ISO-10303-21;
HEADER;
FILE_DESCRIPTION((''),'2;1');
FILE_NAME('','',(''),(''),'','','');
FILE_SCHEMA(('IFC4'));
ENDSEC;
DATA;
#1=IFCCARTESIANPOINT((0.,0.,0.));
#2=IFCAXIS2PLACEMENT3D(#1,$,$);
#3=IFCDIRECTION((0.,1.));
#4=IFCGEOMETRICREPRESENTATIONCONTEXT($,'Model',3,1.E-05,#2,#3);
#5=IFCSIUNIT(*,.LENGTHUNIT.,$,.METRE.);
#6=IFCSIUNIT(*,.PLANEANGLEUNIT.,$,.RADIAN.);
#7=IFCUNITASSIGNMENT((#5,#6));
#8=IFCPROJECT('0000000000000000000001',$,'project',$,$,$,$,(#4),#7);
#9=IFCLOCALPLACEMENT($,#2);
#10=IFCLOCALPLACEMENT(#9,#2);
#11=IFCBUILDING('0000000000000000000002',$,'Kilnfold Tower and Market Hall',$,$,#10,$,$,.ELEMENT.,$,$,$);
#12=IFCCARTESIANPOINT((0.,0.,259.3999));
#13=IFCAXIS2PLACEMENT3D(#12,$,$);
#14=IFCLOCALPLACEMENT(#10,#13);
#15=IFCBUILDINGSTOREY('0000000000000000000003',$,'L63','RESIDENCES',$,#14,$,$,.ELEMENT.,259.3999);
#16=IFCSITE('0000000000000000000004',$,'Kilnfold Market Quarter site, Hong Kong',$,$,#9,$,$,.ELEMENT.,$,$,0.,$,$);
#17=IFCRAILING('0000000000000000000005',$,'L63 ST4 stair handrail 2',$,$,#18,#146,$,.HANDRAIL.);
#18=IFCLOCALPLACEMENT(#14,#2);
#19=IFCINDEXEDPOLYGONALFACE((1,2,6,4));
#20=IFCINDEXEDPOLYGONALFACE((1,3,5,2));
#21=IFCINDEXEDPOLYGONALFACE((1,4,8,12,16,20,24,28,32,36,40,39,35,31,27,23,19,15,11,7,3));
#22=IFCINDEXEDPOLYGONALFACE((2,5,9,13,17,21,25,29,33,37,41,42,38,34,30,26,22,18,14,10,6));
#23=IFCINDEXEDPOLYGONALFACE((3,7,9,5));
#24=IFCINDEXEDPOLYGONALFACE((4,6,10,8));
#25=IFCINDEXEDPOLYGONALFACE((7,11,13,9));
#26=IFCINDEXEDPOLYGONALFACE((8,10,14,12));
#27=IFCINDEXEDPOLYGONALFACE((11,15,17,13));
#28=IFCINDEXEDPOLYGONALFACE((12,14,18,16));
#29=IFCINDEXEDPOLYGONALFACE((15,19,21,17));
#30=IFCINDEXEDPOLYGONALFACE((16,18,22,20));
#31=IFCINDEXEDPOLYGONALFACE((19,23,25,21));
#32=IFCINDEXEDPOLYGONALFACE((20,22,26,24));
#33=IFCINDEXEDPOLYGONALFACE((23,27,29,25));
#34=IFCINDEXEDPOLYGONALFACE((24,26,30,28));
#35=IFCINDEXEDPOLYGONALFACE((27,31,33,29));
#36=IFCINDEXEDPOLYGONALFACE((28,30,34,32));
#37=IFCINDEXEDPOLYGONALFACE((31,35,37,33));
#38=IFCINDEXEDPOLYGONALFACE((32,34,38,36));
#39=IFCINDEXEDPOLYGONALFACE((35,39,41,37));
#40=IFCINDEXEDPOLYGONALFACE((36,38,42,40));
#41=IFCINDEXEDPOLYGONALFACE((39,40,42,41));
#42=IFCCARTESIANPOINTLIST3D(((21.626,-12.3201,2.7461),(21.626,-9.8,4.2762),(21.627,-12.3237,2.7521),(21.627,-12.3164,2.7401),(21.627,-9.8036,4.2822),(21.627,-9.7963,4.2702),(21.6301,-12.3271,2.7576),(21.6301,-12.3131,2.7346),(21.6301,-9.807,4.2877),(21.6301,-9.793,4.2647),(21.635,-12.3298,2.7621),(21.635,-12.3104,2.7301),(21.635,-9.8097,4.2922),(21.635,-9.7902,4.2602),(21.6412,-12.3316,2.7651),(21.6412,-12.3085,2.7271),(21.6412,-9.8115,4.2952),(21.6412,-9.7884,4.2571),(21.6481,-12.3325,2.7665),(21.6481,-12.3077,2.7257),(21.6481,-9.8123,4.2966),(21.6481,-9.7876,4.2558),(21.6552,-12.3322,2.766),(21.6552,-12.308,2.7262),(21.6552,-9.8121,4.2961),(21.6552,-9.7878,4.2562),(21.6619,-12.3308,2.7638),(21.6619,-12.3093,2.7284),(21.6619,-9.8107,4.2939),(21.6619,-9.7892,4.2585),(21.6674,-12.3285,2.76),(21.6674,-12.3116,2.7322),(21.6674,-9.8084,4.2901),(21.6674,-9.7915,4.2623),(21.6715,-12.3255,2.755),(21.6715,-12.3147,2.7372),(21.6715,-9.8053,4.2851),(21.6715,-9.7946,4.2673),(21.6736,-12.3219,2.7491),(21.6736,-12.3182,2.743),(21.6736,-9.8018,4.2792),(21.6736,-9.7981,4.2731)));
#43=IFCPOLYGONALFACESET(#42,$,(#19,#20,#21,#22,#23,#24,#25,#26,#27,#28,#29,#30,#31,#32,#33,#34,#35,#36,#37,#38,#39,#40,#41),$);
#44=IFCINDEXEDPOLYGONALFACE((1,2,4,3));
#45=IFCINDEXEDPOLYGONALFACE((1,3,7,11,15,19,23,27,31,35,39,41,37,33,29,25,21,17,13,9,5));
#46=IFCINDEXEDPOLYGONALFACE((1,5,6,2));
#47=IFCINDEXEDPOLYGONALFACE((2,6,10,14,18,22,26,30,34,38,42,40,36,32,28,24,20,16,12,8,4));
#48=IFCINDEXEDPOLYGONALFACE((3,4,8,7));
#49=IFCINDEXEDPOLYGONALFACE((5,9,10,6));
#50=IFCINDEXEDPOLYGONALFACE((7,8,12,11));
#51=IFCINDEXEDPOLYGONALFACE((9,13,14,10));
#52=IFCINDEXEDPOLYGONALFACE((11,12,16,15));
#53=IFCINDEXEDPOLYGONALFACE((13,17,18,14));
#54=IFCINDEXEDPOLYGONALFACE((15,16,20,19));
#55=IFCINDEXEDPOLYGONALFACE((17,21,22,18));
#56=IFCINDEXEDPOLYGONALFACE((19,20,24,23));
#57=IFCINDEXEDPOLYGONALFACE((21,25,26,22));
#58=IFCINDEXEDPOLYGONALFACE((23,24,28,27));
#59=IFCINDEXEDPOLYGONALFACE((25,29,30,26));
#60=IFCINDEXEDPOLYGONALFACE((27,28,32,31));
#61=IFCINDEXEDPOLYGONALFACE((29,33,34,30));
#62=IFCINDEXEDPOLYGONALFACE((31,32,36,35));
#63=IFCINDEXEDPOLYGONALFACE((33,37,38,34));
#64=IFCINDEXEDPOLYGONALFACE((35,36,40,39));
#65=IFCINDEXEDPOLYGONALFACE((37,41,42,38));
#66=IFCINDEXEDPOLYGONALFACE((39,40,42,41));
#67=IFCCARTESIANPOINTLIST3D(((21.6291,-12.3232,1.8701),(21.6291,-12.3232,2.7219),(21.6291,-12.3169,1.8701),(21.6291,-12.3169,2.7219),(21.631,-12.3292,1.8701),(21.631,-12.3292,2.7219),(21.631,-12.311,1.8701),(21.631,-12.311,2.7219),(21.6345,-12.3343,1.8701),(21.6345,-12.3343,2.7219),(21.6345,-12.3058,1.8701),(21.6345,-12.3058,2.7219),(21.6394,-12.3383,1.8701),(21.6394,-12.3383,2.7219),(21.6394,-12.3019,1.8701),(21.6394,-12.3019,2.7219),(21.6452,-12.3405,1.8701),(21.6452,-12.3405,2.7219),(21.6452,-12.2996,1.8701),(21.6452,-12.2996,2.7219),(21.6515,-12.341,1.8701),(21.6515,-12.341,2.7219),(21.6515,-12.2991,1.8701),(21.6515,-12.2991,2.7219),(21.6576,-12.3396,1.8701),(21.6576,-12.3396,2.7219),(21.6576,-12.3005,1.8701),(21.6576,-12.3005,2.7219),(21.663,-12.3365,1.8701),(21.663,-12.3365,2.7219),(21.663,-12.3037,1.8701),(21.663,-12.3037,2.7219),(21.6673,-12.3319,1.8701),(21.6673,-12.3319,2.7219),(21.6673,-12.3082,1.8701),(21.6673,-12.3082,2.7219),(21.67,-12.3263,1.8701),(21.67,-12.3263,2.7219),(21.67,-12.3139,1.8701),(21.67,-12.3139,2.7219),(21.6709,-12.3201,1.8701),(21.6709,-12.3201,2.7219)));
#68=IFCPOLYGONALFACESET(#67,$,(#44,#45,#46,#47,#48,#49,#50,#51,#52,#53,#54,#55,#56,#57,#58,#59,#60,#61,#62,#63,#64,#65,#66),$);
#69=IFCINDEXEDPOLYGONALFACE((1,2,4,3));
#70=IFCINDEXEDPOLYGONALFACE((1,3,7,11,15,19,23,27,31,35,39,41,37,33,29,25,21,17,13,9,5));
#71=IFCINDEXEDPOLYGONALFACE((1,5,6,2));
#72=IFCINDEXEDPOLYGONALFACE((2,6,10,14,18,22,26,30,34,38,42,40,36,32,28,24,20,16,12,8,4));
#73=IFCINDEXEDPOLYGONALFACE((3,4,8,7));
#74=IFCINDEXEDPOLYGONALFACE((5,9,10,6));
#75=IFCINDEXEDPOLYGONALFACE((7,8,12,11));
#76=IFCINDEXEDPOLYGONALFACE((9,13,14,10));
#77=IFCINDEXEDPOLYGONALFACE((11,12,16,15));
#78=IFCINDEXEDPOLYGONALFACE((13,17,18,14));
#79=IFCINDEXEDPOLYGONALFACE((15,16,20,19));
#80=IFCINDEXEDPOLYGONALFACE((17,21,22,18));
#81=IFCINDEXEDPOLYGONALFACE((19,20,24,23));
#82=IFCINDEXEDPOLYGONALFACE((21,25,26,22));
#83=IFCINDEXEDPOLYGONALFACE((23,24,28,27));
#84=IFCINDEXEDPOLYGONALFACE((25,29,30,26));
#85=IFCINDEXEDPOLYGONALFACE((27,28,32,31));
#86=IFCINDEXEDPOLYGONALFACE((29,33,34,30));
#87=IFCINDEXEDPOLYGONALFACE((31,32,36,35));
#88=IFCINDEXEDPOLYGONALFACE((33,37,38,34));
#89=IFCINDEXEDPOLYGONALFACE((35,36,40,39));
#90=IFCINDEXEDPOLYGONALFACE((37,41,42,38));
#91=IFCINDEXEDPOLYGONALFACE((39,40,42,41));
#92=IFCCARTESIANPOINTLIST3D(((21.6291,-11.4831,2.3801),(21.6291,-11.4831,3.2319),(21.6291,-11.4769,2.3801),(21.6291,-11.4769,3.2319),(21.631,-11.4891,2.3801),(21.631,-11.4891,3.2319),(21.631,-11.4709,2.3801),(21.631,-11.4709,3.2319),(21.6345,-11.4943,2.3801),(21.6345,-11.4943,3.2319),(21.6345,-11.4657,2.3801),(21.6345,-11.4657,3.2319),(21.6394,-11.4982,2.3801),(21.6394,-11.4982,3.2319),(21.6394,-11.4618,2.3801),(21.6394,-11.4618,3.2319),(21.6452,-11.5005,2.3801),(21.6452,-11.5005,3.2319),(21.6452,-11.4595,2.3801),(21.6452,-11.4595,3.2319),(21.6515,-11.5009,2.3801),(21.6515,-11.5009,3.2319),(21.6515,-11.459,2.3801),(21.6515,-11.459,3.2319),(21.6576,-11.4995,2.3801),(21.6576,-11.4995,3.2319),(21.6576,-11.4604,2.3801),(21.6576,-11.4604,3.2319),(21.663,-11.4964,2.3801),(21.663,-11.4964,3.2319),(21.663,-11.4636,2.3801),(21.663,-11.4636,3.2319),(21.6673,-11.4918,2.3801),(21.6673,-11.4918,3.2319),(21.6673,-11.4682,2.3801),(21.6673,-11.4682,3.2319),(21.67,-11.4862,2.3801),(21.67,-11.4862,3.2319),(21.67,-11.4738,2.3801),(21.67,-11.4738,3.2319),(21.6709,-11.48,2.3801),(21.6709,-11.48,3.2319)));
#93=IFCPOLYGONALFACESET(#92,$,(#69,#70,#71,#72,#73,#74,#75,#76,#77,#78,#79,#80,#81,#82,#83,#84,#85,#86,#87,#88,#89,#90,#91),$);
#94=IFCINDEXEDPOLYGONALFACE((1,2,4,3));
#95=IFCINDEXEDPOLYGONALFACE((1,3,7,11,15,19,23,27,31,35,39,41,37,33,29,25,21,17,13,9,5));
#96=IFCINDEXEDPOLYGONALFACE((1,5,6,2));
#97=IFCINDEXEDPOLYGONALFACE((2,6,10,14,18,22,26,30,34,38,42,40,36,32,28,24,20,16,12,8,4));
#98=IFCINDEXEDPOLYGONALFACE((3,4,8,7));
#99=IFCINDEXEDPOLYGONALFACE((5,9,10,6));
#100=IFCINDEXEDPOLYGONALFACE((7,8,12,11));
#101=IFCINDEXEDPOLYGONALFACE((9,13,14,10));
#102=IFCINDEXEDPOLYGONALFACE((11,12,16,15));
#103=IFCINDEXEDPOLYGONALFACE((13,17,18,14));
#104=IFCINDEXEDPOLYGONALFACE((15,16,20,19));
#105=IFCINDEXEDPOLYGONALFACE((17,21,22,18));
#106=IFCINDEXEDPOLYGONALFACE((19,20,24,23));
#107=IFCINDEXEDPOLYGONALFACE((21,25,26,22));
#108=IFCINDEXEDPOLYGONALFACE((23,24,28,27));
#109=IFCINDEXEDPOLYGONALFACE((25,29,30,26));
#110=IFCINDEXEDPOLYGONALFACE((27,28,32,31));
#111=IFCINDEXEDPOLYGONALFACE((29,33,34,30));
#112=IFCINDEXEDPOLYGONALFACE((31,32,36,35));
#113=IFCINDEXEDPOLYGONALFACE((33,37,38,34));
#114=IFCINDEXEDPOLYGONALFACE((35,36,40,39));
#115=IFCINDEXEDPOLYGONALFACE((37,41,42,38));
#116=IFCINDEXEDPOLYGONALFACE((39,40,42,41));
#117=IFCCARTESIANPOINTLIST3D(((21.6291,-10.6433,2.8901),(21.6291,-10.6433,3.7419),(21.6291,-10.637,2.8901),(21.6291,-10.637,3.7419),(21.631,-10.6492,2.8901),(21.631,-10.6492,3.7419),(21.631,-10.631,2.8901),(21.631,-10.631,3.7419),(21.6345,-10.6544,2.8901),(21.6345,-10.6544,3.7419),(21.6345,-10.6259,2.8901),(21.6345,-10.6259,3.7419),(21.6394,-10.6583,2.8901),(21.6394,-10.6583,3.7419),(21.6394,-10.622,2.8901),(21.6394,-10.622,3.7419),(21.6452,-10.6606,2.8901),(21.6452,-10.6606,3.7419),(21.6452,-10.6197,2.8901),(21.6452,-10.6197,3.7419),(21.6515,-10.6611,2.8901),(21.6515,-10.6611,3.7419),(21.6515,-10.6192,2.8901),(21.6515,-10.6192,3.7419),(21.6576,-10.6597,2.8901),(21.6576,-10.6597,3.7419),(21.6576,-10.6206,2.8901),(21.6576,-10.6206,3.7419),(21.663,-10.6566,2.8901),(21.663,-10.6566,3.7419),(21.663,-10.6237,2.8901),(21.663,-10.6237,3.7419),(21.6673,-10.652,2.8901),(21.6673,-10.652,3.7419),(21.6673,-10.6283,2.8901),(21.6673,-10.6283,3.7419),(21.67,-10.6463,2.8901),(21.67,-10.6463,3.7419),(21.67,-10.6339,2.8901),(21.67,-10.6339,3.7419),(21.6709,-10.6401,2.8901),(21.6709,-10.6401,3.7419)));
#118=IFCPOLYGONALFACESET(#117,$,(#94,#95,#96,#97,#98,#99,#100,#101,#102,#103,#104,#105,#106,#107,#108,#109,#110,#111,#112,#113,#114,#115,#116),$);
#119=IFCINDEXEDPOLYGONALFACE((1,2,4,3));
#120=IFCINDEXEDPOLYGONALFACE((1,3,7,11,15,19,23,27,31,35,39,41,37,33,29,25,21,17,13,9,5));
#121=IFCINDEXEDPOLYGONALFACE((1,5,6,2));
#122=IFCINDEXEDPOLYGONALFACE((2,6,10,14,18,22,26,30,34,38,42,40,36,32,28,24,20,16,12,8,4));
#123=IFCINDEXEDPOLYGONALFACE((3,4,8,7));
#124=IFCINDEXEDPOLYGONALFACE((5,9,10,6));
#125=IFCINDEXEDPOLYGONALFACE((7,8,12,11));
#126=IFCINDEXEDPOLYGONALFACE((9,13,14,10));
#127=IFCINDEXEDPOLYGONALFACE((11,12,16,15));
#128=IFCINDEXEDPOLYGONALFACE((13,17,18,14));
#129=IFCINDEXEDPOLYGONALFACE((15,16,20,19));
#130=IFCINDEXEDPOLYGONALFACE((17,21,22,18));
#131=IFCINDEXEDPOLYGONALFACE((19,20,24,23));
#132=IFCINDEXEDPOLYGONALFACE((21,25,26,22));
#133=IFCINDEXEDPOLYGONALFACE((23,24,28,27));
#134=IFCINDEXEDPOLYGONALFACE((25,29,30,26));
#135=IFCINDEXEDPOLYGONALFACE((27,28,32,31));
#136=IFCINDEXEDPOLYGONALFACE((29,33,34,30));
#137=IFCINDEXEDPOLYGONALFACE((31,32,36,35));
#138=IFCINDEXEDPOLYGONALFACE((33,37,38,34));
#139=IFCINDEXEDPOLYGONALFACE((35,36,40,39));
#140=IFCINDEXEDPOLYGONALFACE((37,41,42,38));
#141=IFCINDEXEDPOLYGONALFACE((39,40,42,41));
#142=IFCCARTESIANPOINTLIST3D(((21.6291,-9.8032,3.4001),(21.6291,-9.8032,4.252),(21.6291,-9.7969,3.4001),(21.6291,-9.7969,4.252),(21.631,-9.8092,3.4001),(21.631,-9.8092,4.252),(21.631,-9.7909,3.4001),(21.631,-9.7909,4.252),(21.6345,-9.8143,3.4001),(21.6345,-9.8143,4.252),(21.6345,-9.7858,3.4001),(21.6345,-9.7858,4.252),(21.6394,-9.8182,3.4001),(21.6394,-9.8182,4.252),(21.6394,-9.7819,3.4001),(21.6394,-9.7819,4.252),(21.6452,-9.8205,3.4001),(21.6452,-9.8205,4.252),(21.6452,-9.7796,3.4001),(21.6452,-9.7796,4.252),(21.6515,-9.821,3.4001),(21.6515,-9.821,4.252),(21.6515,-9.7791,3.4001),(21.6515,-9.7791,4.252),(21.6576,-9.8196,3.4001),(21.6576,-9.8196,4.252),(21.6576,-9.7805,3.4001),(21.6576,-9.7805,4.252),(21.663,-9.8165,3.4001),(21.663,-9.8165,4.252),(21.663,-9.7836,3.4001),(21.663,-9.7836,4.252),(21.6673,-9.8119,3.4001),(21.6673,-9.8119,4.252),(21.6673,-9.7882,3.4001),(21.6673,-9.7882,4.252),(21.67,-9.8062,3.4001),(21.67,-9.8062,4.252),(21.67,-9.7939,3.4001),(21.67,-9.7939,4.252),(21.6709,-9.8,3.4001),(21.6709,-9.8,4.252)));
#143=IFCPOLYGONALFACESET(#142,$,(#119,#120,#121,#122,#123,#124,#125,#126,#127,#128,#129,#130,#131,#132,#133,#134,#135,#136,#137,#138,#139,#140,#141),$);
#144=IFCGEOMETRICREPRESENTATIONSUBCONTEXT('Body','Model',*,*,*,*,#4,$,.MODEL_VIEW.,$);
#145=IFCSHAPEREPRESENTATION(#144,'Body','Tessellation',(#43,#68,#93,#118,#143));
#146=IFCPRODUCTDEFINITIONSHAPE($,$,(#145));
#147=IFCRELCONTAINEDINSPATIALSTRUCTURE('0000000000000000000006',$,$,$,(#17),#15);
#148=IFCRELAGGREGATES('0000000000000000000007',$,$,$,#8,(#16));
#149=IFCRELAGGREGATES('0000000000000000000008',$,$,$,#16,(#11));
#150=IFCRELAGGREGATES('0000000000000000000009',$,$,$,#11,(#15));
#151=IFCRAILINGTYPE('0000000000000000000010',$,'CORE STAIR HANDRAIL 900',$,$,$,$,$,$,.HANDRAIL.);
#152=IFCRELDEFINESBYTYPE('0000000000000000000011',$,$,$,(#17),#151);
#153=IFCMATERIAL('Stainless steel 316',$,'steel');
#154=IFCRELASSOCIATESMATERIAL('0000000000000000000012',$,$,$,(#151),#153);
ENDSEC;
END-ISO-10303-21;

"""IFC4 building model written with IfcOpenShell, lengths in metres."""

from ifc_helpers import new_model, si_unit, direction, frame, origin, origin_2d, place, context, subcontext, project, spatial, circle, extrude, material, type_object, element, save


model = new_model("IFC4")

# Units and contexts
model_context = context("Model", 3, precision=1e-05, world=origin(), true_north=direction((0.0, 1.0)))
body_context = subcontext(model_context, "Body", "Model", "MODEL_VIEW")
ifc_project = project(units=[si_unit("LENGTHUNIT", "METRE"), si_unit("PLANEANGLEUNIT", "RADIAN")], contexts=[model_context])

# Site, building, storey
site_placement = place(None, origin())
site = spatial("IfcSite", under=ifc_project, at=site_placement, Name="Kilnfold Market Quarter site, Hong Kong", CompositionType="ELEMENT", RefElevation=0.0)
building_placement = place(site_placement, origin())
building = spatial("IfcBuilding", under=site, at=building_placement, Name="Kilnfold Tower and Market Hall", CompositionType="ELEMENT")
storey_placement = place(building_placement, frame((0.0, 0.0, 259.3999)))
storey = spatial("IfcBuildingStorey", under=building, at=storey_placement, Name="L63", Description="RESIDENCES", CompositionType="ELEMENT", Elevation=259.3999)

# Railing
ifc_material_1 = material(Name="Stainless steel 316", Category="steel")
railing_type_1 = type_object("IfcRailingType", Name="CORE STAIR HANDRAIL 900", PredefinedType="HANDRAIL", material=ifc_material_1)
railing_1_placement = place(storey_placement, frame((21.6499, -12.3201, 1.8701)))
element("IfcRailing", 1, at=railing_1_placement, inside=storey, type_object=railing_type_1, Name="L63 ST4 stair handrail 2", PredefinedType="HANDRAIL", context=body_context, shape_type="SweptSolid", body=[
    extrude(circle(Radius=0.0239, at=origin_2d()), frame((0.0, 0.0, 0.876), z_axis=(0.0, 0.854785, 0.518982), x_axis=(-1.0, 0.0, 0.0)), (0.0, 0.0, 1.0), 2.9482),
    extrude(circle(Radius=0.021, at=origin_2d()), origin(), (0.0, 0.0, 1.0), 0.8518),
    extrude(circle(Radius=0.021, at=origin_2d()), frame((0.0, 0.8401, 0.51)), (0.0, 0.0, 1.0), 0.8518),
    extrude(circle(Radius=0.021, at=origin_2d()), frame((0.0, 1.6799, 1.02)), (0.0, 0.0, 1.0), 0.8518),
    extrude(circle(Radius=0.021, at=origin_2d()), frame((0.0, 2.52, 1.53)), (0.0, 0.0, 1.0), 0.8518),
])

save(model, "model.ifc")
